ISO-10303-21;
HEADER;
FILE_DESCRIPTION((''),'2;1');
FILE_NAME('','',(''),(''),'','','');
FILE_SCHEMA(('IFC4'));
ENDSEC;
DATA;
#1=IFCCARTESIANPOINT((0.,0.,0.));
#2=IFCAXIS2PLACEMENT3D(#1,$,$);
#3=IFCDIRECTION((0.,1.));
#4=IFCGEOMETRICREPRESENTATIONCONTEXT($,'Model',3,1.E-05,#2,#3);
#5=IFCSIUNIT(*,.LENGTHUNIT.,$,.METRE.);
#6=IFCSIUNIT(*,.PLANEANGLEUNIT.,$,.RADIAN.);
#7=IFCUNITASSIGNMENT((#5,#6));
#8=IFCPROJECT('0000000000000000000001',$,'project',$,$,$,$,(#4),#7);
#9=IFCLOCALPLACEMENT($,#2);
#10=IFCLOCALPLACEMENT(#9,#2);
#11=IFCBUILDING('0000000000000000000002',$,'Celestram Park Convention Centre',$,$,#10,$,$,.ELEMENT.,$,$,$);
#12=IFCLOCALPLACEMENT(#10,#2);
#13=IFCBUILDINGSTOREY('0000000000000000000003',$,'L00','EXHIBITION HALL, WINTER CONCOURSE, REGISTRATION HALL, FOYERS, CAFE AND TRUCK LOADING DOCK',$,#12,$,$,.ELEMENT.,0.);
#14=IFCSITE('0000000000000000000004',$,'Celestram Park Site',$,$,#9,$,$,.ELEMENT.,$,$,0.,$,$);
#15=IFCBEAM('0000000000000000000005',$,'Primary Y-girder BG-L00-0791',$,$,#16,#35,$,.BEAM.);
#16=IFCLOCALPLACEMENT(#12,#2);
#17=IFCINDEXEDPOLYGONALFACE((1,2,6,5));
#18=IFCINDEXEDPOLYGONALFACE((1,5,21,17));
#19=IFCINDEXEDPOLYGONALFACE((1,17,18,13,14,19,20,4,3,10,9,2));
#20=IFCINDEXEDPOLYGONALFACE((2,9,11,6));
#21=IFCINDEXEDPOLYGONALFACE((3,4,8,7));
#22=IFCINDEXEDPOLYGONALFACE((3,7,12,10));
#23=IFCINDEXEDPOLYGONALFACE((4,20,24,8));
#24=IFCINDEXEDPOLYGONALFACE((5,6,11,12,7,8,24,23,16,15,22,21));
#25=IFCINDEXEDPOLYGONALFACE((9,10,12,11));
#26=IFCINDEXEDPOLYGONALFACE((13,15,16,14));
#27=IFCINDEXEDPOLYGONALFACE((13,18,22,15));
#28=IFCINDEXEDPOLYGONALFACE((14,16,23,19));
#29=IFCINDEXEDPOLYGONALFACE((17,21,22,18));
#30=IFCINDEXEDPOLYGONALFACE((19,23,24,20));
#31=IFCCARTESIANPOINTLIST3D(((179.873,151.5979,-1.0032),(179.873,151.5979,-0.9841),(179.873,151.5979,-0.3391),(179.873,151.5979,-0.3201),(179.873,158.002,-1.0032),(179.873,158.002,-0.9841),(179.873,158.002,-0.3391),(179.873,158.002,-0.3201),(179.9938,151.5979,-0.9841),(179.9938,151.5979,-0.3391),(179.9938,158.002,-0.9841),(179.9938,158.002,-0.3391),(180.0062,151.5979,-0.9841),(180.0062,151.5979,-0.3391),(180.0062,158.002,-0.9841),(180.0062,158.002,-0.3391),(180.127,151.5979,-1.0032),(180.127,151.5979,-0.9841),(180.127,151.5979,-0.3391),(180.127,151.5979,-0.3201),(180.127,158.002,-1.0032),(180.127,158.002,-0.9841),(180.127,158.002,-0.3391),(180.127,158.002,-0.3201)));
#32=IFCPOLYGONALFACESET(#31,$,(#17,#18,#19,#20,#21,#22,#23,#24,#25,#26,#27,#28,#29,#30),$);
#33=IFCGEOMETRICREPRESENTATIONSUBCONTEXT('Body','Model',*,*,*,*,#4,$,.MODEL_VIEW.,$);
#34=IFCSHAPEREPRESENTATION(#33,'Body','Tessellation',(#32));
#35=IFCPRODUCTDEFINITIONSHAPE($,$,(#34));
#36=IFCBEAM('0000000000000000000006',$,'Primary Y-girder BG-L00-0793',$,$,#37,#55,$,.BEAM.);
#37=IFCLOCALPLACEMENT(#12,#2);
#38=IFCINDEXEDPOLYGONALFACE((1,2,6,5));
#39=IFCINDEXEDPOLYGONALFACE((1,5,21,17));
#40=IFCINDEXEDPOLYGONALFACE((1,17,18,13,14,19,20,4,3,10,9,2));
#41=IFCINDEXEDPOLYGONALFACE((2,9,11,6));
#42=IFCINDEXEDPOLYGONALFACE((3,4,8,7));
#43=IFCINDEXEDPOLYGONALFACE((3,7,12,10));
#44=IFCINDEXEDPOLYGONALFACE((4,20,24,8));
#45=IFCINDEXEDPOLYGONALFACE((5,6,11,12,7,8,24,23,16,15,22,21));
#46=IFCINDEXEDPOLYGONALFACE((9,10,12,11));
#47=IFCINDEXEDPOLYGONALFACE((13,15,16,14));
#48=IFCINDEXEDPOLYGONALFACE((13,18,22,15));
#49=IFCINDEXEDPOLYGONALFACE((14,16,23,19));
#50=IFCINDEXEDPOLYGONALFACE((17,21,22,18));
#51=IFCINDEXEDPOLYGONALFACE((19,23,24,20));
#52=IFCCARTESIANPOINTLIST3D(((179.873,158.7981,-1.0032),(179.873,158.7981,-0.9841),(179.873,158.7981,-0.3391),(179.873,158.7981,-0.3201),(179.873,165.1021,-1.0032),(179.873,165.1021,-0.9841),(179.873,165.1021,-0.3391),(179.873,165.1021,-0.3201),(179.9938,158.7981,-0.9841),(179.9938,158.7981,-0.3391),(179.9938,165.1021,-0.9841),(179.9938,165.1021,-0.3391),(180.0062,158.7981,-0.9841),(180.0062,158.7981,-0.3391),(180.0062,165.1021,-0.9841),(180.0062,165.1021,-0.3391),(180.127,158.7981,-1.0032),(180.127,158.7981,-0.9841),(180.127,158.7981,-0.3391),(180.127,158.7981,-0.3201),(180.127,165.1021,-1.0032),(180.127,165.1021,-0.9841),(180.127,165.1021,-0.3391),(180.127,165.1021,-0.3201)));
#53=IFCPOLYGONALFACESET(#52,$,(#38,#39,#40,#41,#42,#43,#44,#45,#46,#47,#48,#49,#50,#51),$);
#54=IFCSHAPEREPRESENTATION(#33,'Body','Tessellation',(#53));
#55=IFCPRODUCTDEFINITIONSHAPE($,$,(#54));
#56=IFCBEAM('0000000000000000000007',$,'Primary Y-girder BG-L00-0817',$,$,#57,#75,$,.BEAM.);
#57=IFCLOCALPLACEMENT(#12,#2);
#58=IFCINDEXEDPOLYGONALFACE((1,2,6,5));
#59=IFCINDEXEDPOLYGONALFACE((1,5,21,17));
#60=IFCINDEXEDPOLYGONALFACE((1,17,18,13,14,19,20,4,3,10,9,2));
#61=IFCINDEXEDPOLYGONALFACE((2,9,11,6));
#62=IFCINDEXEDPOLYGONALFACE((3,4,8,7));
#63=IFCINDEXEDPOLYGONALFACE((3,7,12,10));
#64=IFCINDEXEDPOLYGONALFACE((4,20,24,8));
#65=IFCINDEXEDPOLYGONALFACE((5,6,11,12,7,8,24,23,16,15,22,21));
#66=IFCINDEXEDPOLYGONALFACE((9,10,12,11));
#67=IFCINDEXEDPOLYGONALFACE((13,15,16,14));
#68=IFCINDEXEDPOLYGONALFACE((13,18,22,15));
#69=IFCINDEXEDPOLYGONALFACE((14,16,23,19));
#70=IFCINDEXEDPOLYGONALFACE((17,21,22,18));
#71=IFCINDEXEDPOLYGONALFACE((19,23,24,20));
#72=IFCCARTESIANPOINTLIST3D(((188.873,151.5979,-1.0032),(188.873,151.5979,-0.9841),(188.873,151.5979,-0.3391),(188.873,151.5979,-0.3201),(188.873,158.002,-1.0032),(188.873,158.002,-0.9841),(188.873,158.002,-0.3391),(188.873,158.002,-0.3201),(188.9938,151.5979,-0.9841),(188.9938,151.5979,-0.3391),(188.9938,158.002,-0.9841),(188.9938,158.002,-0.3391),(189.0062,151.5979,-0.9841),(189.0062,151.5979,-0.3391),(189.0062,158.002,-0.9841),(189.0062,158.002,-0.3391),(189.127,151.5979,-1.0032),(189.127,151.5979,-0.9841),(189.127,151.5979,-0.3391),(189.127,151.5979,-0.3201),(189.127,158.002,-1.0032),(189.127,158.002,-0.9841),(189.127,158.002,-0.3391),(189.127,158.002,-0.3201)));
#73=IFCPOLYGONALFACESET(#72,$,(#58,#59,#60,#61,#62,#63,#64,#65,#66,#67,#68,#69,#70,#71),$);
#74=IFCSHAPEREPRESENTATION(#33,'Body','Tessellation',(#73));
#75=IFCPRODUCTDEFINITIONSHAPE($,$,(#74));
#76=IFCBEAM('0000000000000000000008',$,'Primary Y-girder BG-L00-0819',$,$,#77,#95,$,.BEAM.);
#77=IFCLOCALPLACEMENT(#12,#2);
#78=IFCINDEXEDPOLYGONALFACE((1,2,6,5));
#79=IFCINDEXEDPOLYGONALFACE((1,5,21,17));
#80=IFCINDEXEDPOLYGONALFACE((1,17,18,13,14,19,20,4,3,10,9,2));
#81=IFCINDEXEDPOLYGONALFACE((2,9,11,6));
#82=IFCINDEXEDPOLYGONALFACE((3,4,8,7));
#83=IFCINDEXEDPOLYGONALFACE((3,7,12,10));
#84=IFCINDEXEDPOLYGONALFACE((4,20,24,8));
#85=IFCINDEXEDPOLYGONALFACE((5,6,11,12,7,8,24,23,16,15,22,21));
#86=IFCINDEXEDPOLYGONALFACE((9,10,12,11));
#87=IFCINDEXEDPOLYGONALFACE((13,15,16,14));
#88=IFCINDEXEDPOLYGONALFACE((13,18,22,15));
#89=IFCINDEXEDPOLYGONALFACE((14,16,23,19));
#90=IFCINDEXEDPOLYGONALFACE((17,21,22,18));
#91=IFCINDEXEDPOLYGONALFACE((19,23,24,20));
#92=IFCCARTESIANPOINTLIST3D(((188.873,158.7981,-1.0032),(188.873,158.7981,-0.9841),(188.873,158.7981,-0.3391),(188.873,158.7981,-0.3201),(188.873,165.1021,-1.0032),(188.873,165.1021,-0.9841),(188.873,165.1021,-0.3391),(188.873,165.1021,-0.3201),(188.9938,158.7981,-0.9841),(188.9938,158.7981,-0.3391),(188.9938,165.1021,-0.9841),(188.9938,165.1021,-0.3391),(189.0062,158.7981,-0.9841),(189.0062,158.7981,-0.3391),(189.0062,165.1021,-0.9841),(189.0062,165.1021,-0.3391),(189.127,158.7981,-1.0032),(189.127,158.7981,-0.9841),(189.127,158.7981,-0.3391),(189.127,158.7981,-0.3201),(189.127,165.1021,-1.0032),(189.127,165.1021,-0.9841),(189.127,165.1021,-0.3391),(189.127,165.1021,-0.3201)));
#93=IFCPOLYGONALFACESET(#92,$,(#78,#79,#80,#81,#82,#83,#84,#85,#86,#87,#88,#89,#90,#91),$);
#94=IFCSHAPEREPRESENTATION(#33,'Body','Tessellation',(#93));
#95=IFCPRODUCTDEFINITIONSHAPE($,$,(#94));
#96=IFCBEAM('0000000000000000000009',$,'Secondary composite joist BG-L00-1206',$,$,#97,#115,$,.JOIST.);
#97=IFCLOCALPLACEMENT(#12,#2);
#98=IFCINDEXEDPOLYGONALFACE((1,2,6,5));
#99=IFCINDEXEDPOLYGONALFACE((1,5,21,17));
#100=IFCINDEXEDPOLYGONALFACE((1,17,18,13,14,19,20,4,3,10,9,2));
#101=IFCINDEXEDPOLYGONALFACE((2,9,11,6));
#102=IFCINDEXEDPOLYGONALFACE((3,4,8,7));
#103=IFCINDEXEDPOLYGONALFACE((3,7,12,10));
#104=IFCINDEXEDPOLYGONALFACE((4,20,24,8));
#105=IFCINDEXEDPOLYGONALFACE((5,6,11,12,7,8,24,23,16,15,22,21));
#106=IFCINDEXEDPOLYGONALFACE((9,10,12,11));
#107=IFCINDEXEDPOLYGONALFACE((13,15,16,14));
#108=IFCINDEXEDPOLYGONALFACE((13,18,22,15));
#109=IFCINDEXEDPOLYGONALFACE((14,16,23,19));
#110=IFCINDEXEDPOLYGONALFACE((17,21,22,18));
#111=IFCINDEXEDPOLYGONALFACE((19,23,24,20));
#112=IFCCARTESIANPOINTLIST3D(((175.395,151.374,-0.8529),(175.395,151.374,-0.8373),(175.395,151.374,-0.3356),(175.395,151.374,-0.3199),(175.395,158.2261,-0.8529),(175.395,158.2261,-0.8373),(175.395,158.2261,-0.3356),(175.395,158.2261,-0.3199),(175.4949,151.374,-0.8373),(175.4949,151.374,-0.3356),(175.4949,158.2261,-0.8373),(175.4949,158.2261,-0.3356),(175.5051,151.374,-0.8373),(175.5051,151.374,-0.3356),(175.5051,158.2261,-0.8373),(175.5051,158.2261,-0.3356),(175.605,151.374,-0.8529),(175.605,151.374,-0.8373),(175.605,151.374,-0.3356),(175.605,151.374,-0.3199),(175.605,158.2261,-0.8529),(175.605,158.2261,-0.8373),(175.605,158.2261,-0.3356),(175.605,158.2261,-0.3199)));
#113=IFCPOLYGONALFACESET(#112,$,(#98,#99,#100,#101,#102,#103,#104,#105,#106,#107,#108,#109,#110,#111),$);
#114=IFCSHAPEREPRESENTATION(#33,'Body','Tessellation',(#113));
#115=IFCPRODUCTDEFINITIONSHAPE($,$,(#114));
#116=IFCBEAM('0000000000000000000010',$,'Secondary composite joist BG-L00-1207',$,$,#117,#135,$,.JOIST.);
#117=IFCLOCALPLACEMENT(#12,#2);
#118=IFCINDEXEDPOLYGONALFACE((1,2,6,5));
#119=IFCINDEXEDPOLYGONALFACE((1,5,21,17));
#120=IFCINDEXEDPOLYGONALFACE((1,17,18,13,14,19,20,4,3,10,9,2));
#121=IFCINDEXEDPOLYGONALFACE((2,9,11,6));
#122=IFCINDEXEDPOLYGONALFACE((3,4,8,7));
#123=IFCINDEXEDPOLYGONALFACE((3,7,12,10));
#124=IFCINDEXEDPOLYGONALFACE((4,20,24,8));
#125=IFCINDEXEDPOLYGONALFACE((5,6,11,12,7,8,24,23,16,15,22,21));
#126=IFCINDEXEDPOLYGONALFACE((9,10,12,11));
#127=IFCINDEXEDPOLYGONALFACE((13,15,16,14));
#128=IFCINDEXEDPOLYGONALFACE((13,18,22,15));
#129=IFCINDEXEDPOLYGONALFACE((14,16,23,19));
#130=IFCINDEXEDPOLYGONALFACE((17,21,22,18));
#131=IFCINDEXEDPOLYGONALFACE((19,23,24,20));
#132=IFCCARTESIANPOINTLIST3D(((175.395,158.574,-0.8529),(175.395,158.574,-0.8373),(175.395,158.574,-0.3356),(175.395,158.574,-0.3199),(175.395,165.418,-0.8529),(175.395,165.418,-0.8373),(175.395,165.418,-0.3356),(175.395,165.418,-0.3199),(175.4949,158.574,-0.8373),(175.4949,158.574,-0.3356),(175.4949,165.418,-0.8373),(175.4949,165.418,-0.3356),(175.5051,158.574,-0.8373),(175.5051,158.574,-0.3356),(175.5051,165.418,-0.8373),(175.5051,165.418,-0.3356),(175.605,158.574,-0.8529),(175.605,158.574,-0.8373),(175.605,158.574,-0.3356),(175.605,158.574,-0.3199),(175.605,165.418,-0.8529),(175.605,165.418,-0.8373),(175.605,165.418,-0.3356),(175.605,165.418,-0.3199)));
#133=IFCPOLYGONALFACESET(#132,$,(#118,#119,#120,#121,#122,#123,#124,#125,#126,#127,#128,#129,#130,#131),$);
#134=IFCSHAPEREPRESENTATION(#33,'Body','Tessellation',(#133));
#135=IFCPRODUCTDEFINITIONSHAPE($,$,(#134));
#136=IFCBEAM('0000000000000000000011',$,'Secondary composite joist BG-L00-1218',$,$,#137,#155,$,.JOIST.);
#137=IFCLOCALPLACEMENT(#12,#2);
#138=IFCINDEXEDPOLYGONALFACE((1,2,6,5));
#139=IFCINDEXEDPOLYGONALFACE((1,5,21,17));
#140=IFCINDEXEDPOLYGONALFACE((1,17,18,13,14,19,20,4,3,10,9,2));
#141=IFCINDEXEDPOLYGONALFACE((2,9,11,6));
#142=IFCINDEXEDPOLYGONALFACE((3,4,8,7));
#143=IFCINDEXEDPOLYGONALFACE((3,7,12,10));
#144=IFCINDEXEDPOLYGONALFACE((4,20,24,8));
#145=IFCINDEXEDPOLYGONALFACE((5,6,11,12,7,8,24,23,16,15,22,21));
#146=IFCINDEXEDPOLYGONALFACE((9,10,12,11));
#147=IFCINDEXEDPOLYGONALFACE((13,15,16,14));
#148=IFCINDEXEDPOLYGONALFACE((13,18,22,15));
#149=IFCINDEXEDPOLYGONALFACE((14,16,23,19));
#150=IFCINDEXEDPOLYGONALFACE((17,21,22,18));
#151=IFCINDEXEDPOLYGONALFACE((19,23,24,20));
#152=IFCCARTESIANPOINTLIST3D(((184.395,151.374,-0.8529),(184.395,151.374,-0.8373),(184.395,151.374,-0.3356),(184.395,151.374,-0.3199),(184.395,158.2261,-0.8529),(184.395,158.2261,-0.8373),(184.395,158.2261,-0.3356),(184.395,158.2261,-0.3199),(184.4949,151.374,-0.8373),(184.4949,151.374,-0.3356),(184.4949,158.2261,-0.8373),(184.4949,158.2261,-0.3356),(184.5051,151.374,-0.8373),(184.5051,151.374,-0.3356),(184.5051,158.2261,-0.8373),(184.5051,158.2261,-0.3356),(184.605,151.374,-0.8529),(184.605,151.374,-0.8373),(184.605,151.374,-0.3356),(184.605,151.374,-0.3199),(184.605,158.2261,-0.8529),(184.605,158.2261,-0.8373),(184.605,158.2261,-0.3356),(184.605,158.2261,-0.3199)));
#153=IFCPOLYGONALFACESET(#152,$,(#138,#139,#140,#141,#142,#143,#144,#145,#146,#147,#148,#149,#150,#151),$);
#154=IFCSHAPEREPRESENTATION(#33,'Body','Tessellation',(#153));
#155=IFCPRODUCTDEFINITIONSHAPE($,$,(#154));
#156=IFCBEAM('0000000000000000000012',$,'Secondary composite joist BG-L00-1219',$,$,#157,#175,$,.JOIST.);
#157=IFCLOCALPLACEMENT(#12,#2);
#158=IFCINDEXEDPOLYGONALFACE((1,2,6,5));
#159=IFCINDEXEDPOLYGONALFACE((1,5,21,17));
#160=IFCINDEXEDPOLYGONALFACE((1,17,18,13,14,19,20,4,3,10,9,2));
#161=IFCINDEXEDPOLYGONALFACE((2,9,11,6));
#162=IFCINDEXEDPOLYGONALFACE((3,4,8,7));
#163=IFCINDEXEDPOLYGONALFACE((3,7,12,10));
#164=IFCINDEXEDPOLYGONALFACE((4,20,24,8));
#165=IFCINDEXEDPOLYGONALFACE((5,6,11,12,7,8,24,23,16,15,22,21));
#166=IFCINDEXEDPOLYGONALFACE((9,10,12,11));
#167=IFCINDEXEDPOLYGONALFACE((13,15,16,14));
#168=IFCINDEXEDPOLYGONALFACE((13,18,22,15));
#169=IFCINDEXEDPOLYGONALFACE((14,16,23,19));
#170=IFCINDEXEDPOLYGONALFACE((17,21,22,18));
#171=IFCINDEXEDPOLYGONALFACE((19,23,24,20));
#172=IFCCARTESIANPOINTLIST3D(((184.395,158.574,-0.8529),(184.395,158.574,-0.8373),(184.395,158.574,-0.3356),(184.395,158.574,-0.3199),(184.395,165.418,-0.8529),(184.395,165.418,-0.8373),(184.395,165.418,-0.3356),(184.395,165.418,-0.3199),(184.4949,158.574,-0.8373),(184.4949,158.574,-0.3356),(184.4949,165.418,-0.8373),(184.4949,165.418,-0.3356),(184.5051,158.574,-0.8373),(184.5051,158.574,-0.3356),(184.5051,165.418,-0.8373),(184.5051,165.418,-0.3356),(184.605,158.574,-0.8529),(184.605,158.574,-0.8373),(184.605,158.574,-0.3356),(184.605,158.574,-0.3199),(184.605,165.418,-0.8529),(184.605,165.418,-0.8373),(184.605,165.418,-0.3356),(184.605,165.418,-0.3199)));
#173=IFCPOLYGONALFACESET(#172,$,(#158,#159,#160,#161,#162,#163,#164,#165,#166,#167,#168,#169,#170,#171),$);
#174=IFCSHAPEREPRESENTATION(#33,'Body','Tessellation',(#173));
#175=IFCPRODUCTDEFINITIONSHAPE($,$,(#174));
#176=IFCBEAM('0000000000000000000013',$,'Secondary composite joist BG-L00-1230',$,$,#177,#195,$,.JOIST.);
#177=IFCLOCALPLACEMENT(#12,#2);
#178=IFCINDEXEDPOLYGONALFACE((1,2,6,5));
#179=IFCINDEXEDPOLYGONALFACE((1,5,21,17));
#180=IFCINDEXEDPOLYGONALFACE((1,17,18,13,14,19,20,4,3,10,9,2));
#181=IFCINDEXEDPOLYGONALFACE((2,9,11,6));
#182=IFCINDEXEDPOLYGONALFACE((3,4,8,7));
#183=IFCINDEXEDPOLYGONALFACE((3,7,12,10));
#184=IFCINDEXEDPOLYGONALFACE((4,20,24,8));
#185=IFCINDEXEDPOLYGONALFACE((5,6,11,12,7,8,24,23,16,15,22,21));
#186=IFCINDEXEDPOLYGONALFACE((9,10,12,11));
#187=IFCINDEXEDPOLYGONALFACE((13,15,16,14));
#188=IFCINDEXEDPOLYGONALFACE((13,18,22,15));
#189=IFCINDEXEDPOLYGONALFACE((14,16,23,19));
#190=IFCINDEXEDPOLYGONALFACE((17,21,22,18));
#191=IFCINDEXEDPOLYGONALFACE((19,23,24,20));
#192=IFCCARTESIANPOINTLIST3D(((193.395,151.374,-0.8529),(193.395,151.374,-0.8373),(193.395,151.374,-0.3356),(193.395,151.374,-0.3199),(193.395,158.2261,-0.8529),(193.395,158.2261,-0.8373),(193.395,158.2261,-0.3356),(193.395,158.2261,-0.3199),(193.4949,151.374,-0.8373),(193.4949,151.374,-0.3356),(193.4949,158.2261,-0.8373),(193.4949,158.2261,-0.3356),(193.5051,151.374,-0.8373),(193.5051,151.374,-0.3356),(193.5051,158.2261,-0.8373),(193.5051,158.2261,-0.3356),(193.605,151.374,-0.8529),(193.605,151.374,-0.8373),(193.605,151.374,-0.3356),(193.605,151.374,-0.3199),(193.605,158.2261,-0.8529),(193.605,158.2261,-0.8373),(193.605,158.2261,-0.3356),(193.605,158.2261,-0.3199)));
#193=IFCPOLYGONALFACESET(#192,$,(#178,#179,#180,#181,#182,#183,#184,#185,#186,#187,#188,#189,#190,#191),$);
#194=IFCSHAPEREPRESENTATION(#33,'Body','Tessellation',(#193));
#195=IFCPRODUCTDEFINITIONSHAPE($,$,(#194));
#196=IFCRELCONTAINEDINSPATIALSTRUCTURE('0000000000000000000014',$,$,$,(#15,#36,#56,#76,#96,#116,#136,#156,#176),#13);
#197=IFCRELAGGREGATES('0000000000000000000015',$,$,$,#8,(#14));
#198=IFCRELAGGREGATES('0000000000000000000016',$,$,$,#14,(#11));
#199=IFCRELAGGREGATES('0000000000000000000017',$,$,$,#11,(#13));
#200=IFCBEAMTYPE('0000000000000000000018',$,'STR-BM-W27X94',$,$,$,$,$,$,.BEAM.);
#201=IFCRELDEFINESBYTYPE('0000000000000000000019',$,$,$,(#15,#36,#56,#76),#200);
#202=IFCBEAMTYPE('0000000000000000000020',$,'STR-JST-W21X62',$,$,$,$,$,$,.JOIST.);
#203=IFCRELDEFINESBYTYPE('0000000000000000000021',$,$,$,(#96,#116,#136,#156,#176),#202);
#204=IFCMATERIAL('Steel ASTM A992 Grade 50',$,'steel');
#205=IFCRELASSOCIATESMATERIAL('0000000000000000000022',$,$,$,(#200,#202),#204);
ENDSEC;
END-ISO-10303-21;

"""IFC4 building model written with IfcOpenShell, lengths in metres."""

from ifc_helpers import new_model, si_unit, direction, frame, origin, origin_2d, place, context, subcontext, project, spatial, i_section, extrude, material, material_profile, profile_set, type_object, element, save


model = new_model("IFC4")

# Units and contexts
model_context = context("Model", 3, precision=1e-05, world=origin(), true_north=direction((0.0, 1.0)))
body_context = subcontext(model_context, "Body", "Model", "MODEL_VIEW")
ifc_project = project(units=[si_unit("LENGTHUNIT", "METRE"), si_unit("PLANEANGLEUNIT", "RADIAN")], contexts=[model_context])

# Site, building, storey
site_placement = place(None, origin())
site = spatial("IfcSite", under=ifc_project, at=site_placement, Name="Celestram Park Site", CompositionType="ELEMENT", RefElevation=0.0)
building_placement = place(site_placement, origin())
building = spatial("IfcBuilding", under=site, at=building_placement, Name="Celestram Park Convention Centre", CompositionType="ELEMENT")
storey_placement = place(building_placement, origin())
storey = spatial("IfcBuildingStorey", under=building, at=storey_placement, Name="L00", Description="EXHIBITION HALL, WINTER CONCOURSE, REGISTRATION HALL, FOYERS, CAFE AND TRUCK LOADING DOCK", CompositionType="ELEMENT", Elevation=0.0)

# Beams
ifc_material_1 = material(Name="Steel ASTM A992 Grade 50", Category="steel")
ifc_material_profile_1 = material_profile(ifc_material_1, i_section(OverallWidth=0.2539, OverallDepth=0.6831, WebThickness=0.0125, FlangeThickness=0.019, at=origin_2d()), Name="W27X94")
ifc_profile_set_1 = profile_set([ifc_material_profile_1], Name="Steel ASTM A992 Grade 50")
beam_type_1 = type_object("IfcBeamType", Name="STR-BM-W27X94", PredefinedType="BEAM", material=ifc_profile_set_1)
beam_1_placement = place(storey_placement, frame((180.0, 151.5979, -0.6616), z_axis=(0.0, 1.0, 0.0), x_axis=(-1.0, 0.0, 0.0)))
element("IfcBeam", 1, at=beam_1_placement, inside=storey, type_object=beam_type_1, Name="Primary Y-girder BG-L00-0791", PredefinedType="BEAM", context=body_context, shape_type="SweptSolid", body=[
    extrude(i_section(OverallWidth=0.2539, OverallDepth=0.6831, WebThickness=0.0125, FlangeThickness=0.019, at=origin_2d()), origin(), (0.0, 0.0, 1.0), 6.4041),
])
beam_2_placement = place(storey_placement, frame((180.0, 158.7981, -0.6616), z_axis=(0.0, 1.0, 0.0), x_axis=(-1.0, 0.0, 0.0)))
element("IfcBeam", 2, at=beam_2_placement, inside=storey, type_object=beam_type_1, Name="Primary Y-girder BG-L00-0793", PredefinedType="BEAM", context=body_context, shape_type="SweptSolid", body=[
    extrude(i_section(OverallWidth=0.2539, OverallDepth=0.6831, WebThickness=0.0125, FlangeThickness=0.019, at=origin_2d()), origin(), (0.0, 0.0, 1.0), 6.304),
])
beam_3_placement = place(storey_placement, frame((189.0, 151.5979, -0.6616), z_axis=(0.0, 1.0, 0.0), x_axis=(-1.0, 0.0, 0.0)))
element("IfcBeam", 3, at=beam_3_placement, inside=storey, type_object=beam_type_1, Name="Primary Y-girder BG-L00-0817", PredefinedType="BEAM", context=body_context, shape_type="SweptSolid", body=[
    extrude(i_section(OverallWidth=0.2539, OverallDepth=0.6831, WebThickness=0.0125, FlangeThickness=0.019, at=origin_2d()), origin(), (0.0, 0.0, 1.0), 6.4041),
])
beam_4_placement = place(storey_placement, frame((189.0, 158.7981, -0.6616), z_axis=(0.0, 1.0, 0.0), x_axis=(-1.0, 0.0, 0.0)))
element("IfcBeam", 4, at=beam_4_placement, inside=storey, type_object=beam_type_1, Name="Primary Y-girder BG-L00-0819", PredefinedType="BEAM", context=body_context, shape_type="SweptSolid", body=[
    extrude(i_section(OverallWidth=0.2539, OverallDepth=0.6831, WebThickness=0.0125, FlangeThickness=0.019, at=origin_2d()), origin(), (0.0, 0.0, 1.0), 6.304),
])
ifc_material_profile_2 = material_profile(ifc_material_1, i_section(OverallWidth=0.21, OverallDepth=0.533, WebThickness=0.0103, FlangeThickness=0.0156, at=origin_2d()), Name="W21X62")
ifc_profile_set_2 = profile_set([ifc_material_profile_2], Name="Steel ASTM A992 Grade 50")
beam_type_2 = type_object("IfcBeamType", Name="STR-JST-W21X62", PredefinedType="JOIST", material=ifc_profile_set_2)
beam_5_placement = place(storey_placement, frame((175.5, 151.374, -0.5864), z_axis=(0.0, 1.0, 0.0), x_axis=(-1.0, 0.0, 0.0)))
element("IfcBeam", 5, at=beam_5_placement, inside=storey, type_object=beam_type_2, Name="Secondary composite joist BG-L00-1206", PredefinedType="JOIST", context=body_context, shape_type="SweptSolid", body=[
    extrude(i_section(OverallWidth=0.21, OverallDepth=0.533, WebThickness=0.0103, FlangeThickness=0.0156, at=origin_2d()), origin(), (0.0, 0.0, 1.0), 6.8521),
])
beam_6_placement = place(storey_placement, frame((175.5, 158.574, -0.5864), z_axis=(0.0, 1.0, 0.0), x_axis=(-1.0, 0.0, 0.0)))
element("IfcBeam", 6, at=beam_6_placement, inside=storey, type_object=beam_type_2, Name="Secondary composite joist BG-L00-1207", PredefinedType="JOIST", context=body_context, shape_type="SweptSolid", body=[
    extrude(i_section(OverallWidth=0.21, OverallDepth=0.533, WebThickness=0.0103, FlangeThickness=0.0156, at=origin_2d()), origin(), (0.0, 0.0, 1.0), 6.844),
])
beam_7_placement = place(storey_placement, frame((184.5, 151.374, -0.5864), z_axis=(0.0, 1.0, 0.0), x_axis=(-1.0, 0.0, 0.0)))
element("IfcBeam", 7, at=beam_7_placement, inside=storey, type_object=beam_type_2, Name="Secondary composite joist BG-L00-1218", PredefinedType="JOIST", context=body_context, shape_type="SweptSolid", body=[
    extrude(i_section(OverallWidth=0.21, OverallDepth=0.533, WebThickness=0.0103, FlangeThickness=0.0156, at=origin_2d()), origin(), (0.0, 0.0, 1.0), 6.8521),
])
beam_8_placement = place(storey_placement, frame((184.5, 158.574, -0.5864), z_axis=(0.0, 1.0, 0.0), x_axis=(-1.0, 0.0, 0.0)))
element("IfcBeam", 8, at=beam_8_placement, inside=storey, type_object=beam_type_2, Name="Secondary composite joist BG-L00-1219", PredefinedType="JOIST", context=body_context, shape_type="SweptSolid", body=[
    extrude(i_section(OverallWidth=0.21, OverallDepth=0.533, WebThickness=0.0103, FlangeThickness=0.0156, at=origin_2d()), origin(), (0.0, 0.0, 1.0), 6.844),
])
beam_9_placement = place(storey_placement, frame((193.5, 151.374, -0.5864), z_axis=(0.0, 1.0, 0.0), x_axis=(-1.0, 0.0, 0.0)))
element("IfcBeam", 9, at=beam_9_placement, inside=storey, type_object=beam_type_2, Name="Secondary composite joist BG-L00-1230", PredefinedType="JOIST", context=body_context, shape_type="SweptSolid", body=[
    extrude(i_section(OverallWidth=0.21, OverallDepth=0.533, WebThickness=0.0103, FlangeThickness=0.0156, at=origin_2d()), origin(), (0.0, 0.0, 1.0), 6.8521),
])

save(model, "model.ifc")
